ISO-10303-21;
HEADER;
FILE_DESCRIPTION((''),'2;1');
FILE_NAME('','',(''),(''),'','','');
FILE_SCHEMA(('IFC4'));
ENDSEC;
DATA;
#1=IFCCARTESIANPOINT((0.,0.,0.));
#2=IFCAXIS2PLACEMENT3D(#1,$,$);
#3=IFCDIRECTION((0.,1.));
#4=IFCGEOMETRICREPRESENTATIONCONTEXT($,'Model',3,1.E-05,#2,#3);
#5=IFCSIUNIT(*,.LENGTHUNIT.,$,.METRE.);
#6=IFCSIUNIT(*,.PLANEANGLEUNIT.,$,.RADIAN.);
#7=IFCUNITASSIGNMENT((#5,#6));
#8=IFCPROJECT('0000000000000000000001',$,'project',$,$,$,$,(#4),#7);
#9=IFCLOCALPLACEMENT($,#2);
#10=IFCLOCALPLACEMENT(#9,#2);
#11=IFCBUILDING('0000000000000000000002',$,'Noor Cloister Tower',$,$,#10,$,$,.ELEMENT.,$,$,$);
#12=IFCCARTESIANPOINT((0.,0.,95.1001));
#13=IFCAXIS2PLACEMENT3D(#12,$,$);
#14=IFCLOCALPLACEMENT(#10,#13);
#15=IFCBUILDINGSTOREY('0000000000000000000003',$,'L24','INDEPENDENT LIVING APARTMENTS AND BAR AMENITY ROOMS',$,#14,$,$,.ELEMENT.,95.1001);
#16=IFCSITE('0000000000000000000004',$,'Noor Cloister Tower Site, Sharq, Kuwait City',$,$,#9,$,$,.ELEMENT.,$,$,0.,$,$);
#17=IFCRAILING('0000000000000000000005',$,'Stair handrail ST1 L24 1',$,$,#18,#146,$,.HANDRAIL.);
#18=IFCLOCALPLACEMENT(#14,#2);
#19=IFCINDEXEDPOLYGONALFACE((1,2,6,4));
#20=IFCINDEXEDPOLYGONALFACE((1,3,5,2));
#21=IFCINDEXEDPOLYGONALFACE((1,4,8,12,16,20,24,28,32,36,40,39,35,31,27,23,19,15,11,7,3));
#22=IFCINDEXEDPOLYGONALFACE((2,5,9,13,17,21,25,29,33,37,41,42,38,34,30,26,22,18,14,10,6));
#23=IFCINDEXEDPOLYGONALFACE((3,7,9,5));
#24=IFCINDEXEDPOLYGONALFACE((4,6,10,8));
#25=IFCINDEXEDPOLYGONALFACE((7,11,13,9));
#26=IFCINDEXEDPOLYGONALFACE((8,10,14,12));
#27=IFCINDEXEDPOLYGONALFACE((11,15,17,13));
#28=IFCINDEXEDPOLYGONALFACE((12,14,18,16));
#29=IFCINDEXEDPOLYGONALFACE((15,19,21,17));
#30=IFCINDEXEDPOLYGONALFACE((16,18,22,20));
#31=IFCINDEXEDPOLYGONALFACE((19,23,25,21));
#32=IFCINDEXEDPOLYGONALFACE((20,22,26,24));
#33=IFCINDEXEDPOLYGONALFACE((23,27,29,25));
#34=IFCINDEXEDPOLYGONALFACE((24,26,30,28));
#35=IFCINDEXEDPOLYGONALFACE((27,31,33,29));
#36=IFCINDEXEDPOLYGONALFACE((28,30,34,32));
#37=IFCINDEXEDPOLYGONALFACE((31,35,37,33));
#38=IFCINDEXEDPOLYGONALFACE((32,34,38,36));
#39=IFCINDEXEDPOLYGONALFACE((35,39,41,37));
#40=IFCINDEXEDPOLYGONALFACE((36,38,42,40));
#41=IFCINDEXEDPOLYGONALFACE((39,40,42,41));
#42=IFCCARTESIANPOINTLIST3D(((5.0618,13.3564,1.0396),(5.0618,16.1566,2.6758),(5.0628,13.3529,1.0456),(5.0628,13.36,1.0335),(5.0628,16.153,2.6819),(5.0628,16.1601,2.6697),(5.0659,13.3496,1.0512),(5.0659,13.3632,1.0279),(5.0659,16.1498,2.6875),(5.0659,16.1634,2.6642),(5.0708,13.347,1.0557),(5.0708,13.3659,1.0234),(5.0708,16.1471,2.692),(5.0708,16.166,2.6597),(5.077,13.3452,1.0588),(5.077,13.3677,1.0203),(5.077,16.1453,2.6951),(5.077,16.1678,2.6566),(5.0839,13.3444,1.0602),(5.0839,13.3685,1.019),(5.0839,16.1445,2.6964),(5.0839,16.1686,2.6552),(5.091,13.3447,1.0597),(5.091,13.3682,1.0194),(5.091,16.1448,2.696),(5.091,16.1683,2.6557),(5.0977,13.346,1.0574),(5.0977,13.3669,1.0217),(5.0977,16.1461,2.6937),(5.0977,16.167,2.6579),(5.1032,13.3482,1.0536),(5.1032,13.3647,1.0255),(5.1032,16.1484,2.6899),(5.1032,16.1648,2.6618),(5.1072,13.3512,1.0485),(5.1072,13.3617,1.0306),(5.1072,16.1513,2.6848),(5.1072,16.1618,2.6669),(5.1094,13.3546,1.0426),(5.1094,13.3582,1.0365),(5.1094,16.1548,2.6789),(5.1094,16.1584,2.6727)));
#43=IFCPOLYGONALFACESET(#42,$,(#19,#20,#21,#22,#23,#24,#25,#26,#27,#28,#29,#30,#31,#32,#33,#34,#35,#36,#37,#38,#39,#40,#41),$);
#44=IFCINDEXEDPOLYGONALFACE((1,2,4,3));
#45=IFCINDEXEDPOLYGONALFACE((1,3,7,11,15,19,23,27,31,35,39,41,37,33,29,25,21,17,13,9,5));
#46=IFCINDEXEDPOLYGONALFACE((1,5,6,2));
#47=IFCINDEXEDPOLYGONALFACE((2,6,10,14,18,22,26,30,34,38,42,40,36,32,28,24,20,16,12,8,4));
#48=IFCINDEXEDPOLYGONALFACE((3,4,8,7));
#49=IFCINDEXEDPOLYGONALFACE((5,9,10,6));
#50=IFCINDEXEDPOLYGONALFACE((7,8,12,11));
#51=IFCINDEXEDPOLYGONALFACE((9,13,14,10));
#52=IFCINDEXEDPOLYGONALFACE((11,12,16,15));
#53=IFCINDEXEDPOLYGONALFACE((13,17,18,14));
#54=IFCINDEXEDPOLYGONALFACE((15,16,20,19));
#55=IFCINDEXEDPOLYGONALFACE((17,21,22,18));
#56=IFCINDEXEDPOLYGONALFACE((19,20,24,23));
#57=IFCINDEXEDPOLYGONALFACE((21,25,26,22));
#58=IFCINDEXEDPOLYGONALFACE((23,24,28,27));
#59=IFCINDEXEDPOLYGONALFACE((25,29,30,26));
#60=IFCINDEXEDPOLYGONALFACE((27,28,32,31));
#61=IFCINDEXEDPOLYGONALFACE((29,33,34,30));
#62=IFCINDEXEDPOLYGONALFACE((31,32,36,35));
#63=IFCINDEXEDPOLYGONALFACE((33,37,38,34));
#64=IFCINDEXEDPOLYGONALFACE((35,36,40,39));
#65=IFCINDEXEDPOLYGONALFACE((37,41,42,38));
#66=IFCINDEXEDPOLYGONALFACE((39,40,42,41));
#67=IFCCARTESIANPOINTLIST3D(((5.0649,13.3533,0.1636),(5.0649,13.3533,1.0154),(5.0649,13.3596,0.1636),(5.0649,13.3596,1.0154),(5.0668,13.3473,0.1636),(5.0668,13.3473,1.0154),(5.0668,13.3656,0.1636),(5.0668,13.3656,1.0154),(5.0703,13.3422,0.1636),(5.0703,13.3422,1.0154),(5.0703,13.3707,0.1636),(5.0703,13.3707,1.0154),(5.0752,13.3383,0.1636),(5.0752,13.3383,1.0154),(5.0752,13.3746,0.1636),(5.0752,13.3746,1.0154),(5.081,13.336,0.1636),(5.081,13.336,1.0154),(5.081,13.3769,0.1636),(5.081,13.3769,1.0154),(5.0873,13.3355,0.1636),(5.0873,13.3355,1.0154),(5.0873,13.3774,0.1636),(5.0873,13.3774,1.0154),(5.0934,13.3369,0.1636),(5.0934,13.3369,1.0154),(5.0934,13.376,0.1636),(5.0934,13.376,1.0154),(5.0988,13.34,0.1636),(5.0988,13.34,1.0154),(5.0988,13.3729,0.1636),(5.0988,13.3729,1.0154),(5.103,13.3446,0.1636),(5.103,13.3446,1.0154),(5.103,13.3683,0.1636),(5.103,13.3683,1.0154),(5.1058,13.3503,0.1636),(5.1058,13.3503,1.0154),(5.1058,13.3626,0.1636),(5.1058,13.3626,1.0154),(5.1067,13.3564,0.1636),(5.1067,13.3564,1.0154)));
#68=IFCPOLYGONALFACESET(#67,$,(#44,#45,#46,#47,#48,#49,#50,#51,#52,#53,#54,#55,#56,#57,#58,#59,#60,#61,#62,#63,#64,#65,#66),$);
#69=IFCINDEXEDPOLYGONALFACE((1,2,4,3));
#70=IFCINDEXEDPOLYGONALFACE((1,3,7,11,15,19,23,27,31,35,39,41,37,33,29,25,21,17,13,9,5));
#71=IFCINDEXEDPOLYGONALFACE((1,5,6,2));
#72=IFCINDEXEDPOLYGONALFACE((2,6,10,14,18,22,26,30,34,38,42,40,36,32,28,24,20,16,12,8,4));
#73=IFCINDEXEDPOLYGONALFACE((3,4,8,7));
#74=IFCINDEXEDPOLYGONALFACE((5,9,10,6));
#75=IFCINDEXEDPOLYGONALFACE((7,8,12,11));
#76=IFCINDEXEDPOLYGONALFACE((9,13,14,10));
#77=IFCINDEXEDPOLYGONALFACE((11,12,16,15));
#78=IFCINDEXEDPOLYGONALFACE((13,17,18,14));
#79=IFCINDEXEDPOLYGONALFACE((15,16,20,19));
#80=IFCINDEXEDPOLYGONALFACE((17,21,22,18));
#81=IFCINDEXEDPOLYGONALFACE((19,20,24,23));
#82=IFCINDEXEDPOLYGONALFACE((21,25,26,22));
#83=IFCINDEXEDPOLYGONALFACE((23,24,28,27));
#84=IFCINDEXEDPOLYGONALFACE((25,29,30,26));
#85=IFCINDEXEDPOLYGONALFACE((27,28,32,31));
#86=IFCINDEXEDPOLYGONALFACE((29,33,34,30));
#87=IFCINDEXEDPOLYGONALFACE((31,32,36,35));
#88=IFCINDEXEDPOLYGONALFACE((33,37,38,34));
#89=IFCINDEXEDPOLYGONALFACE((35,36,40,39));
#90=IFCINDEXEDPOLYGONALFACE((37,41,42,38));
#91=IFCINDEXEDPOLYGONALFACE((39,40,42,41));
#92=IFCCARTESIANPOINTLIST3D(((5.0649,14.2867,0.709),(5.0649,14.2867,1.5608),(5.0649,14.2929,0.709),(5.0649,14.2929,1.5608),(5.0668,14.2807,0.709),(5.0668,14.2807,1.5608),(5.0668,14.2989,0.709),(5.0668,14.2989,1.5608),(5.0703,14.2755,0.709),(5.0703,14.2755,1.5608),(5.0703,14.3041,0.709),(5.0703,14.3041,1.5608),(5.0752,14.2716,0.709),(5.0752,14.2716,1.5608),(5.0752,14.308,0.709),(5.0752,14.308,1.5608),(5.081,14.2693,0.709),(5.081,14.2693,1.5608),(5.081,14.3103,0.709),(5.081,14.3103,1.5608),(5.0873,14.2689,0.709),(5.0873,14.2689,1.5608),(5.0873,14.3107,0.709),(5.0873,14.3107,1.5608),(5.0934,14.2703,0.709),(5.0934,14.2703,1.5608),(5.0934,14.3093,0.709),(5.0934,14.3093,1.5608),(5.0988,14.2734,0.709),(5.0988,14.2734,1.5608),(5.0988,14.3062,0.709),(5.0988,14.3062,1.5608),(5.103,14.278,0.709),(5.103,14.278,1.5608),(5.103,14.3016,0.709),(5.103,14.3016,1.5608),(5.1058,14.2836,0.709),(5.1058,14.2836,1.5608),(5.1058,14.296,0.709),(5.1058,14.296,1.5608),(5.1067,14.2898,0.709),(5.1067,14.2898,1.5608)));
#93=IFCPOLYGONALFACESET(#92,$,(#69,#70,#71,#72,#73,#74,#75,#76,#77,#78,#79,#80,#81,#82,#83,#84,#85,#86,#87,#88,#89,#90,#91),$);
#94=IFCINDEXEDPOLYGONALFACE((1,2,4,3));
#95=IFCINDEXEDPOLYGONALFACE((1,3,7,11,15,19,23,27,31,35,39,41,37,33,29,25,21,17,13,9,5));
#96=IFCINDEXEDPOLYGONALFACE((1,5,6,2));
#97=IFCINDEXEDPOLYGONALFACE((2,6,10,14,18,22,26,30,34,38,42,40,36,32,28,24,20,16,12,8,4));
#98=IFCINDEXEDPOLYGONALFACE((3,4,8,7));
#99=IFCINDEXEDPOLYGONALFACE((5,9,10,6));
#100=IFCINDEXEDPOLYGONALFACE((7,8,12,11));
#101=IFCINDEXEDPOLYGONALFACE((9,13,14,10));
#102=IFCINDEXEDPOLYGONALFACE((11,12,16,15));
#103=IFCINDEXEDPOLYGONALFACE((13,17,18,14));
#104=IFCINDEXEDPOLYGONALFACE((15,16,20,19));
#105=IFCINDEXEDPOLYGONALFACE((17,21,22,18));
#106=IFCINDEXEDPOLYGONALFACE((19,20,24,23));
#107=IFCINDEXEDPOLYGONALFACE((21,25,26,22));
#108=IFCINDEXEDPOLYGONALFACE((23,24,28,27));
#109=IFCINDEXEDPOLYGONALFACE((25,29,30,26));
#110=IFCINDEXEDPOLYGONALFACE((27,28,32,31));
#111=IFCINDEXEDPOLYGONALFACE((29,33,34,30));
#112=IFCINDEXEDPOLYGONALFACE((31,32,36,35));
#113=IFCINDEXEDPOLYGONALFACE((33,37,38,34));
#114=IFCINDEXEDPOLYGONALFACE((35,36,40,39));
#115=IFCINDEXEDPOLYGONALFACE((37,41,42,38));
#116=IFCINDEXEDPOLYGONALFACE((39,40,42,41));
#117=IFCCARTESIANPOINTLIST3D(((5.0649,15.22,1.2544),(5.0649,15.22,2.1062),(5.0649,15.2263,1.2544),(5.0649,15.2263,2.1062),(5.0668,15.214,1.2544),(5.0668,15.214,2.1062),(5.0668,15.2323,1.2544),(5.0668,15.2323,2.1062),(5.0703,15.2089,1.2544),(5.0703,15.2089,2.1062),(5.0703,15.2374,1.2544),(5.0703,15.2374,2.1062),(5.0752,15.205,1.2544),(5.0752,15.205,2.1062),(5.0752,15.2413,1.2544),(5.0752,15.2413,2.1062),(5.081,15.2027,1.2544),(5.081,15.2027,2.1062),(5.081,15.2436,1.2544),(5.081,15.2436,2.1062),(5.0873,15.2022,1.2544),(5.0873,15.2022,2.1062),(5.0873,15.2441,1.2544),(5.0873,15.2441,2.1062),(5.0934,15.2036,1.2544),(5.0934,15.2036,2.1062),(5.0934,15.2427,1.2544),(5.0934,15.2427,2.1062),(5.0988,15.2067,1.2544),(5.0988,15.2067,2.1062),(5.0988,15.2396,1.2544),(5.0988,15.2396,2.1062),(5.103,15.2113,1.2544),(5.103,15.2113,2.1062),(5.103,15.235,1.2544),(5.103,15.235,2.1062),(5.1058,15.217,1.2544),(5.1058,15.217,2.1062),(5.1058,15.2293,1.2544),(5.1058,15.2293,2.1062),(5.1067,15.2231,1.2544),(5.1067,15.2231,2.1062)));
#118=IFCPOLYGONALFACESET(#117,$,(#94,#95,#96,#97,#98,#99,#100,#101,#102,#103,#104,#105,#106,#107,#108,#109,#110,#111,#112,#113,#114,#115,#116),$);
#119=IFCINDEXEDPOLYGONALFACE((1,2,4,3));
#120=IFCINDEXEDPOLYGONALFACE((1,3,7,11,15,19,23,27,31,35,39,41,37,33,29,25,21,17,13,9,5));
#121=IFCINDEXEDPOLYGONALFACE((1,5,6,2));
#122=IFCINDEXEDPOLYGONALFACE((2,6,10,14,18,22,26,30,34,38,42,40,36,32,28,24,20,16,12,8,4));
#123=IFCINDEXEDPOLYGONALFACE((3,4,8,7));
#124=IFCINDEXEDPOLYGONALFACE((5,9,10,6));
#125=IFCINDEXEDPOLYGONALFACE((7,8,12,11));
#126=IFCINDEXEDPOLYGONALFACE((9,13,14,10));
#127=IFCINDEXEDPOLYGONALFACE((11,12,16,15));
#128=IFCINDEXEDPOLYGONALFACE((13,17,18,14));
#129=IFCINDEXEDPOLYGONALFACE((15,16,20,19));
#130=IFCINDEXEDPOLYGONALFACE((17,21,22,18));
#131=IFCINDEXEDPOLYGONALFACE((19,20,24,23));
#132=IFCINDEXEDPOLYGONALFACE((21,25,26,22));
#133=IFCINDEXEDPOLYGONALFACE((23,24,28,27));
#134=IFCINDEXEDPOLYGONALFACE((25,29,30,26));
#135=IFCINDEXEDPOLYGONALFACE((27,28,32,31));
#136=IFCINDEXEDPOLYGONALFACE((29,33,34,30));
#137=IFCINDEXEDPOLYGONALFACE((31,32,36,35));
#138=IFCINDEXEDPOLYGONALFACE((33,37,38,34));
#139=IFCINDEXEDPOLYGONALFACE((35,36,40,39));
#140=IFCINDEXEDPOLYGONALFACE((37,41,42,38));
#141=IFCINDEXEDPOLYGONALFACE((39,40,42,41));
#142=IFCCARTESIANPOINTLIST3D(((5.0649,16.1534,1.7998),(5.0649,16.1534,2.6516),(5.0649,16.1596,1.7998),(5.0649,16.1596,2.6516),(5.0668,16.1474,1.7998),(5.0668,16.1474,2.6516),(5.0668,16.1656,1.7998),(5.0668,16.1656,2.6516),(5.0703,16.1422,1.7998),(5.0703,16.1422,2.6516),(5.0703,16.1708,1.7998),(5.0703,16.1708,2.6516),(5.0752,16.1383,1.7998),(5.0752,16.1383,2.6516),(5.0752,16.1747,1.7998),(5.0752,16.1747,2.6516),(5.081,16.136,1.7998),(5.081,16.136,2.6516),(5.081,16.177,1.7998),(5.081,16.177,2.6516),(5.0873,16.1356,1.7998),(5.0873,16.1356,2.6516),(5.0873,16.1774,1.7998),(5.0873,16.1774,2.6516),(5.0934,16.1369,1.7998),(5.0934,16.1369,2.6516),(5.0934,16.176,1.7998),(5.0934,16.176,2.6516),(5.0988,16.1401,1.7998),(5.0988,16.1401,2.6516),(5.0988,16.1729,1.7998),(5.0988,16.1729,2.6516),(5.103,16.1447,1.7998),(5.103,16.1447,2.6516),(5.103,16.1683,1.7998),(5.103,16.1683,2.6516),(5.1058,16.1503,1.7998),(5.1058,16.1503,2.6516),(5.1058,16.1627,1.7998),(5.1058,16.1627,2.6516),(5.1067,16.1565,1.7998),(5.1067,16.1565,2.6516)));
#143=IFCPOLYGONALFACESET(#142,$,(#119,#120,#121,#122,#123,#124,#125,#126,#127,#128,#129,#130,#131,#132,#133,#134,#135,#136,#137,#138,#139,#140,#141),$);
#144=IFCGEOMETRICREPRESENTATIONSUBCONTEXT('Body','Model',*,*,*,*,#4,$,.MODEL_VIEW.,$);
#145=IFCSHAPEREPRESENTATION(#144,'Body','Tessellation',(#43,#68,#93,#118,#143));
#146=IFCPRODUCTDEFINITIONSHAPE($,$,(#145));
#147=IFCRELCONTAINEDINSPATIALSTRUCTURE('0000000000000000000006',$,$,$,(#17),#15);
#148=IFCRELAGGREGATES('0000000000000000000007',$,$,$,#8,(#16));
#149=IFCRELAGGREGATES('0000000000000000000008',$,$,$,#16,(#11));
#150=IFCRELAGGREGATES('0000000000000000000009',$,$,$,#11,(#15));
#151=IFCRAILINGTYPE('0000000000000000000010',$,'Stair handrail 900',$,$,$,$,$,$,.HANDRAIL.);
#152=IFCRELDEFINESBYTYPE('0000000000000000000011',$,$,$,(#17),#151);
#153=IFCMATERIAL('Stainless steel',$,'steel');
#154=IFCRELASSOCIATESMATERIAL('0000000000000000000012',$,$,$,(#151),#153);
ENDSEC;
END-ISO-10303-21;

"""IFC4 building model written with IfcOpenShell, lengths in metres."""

from ifc_helpers import new_model, si_unit, direction, frame, origin, origin_2d, place, context, subcontext, project, spatial, circle, extrude, material, type_object, element, save


model = new_model("IFC4")

# Units and contexts
model_context = context("Model", 3, precision=1e-05, world=origin(), true_north=direction((0.0, 1.0)))
body_context = subcontext(model_context, "Body", "Model", "MODEL_VIEW")
ifc_project = project(units=[si_unit("LENGTHUNIT", "METRE"), si_unit("PLANEANGLEUNIT", "RADIAN")], contexts=[model_context])

# Site, building, storey
site_placement = place(None, origin())
site = spatial("IfcSite", under=ifc_project, at=site_placement, Name="Noor Cloister Tower Site, Sharq, Kuwait City", CompositionType="ELEMENT", RefElevation=0.0)
building_placement = place(site_placement, origin())
building = spatial("IfcBuilding", under=site, at=building_placement, Name="Noor Cloister Tower", CompositionType="ELEMENT")
storey_placement = place(building_placement, frame((0.0, 0.0, 95.1001)))
storey = spatial("IfcBuildingStorey", under=building, at=storey_placement, Name="L24", Description="INDEPENDENT LIVING APARTMENTS AND BAR AMENITY ROOMS", CompositionType="ELEMENT", Elevation=95.1001)

# Railing
ifc_material_1 = material(Name="Stainless steel", Category="steel")
railing_type_1 = type_object("IfcRailingType", Name="Stair handrail 900", PredefinedType="HANDRAIL", material=ifc_material_1)
railing_1_placement = place(storey_placement, frame((5.0857, 13.3564, 0.1636)))
element("IfcRailing", 1, at=railing_1_placement, inside=storey, type_object=railing_type_1, Name="Stair handrail ST1 L24 1", PredefinedType="HANDRAIL", context=body_context, shape_type="SweptSolid", body=[
    extrude(circle(Radius=0.0239, at=origin_2d()), frame((0.0, 0.0, 0.876), z_axis=(0.0, 0.863394, 0.504531), x_axis=(-1.0, 0.0, 0.0)), (0.0, 0.0, 1.0), 3.2432),
    extrude(circle(Radius=0.021, at=origin_2d()), origin(), (0.0, 0.0, 1.0), 0.8518),
    extrude(circle(Radius=0.021, at=origin_2d()), frame((0.0, 0.9333, 0.5454)), (0.0, 0.0, 1.0), 0.8518),
    extrude(circle(Radius=0.021, at=origin_2d()), frame((0.0, 1.8667, 1.0908)), (0.0, 0.0, 1.0), 0.8518),
    extrude(circle(Radius=0.021, at=origin_2d()), frame((0.0, 2.8, 1.6362)), (0.0, 0.0, 1.0), 0.8518),
])

save(model, "model.ifc")
